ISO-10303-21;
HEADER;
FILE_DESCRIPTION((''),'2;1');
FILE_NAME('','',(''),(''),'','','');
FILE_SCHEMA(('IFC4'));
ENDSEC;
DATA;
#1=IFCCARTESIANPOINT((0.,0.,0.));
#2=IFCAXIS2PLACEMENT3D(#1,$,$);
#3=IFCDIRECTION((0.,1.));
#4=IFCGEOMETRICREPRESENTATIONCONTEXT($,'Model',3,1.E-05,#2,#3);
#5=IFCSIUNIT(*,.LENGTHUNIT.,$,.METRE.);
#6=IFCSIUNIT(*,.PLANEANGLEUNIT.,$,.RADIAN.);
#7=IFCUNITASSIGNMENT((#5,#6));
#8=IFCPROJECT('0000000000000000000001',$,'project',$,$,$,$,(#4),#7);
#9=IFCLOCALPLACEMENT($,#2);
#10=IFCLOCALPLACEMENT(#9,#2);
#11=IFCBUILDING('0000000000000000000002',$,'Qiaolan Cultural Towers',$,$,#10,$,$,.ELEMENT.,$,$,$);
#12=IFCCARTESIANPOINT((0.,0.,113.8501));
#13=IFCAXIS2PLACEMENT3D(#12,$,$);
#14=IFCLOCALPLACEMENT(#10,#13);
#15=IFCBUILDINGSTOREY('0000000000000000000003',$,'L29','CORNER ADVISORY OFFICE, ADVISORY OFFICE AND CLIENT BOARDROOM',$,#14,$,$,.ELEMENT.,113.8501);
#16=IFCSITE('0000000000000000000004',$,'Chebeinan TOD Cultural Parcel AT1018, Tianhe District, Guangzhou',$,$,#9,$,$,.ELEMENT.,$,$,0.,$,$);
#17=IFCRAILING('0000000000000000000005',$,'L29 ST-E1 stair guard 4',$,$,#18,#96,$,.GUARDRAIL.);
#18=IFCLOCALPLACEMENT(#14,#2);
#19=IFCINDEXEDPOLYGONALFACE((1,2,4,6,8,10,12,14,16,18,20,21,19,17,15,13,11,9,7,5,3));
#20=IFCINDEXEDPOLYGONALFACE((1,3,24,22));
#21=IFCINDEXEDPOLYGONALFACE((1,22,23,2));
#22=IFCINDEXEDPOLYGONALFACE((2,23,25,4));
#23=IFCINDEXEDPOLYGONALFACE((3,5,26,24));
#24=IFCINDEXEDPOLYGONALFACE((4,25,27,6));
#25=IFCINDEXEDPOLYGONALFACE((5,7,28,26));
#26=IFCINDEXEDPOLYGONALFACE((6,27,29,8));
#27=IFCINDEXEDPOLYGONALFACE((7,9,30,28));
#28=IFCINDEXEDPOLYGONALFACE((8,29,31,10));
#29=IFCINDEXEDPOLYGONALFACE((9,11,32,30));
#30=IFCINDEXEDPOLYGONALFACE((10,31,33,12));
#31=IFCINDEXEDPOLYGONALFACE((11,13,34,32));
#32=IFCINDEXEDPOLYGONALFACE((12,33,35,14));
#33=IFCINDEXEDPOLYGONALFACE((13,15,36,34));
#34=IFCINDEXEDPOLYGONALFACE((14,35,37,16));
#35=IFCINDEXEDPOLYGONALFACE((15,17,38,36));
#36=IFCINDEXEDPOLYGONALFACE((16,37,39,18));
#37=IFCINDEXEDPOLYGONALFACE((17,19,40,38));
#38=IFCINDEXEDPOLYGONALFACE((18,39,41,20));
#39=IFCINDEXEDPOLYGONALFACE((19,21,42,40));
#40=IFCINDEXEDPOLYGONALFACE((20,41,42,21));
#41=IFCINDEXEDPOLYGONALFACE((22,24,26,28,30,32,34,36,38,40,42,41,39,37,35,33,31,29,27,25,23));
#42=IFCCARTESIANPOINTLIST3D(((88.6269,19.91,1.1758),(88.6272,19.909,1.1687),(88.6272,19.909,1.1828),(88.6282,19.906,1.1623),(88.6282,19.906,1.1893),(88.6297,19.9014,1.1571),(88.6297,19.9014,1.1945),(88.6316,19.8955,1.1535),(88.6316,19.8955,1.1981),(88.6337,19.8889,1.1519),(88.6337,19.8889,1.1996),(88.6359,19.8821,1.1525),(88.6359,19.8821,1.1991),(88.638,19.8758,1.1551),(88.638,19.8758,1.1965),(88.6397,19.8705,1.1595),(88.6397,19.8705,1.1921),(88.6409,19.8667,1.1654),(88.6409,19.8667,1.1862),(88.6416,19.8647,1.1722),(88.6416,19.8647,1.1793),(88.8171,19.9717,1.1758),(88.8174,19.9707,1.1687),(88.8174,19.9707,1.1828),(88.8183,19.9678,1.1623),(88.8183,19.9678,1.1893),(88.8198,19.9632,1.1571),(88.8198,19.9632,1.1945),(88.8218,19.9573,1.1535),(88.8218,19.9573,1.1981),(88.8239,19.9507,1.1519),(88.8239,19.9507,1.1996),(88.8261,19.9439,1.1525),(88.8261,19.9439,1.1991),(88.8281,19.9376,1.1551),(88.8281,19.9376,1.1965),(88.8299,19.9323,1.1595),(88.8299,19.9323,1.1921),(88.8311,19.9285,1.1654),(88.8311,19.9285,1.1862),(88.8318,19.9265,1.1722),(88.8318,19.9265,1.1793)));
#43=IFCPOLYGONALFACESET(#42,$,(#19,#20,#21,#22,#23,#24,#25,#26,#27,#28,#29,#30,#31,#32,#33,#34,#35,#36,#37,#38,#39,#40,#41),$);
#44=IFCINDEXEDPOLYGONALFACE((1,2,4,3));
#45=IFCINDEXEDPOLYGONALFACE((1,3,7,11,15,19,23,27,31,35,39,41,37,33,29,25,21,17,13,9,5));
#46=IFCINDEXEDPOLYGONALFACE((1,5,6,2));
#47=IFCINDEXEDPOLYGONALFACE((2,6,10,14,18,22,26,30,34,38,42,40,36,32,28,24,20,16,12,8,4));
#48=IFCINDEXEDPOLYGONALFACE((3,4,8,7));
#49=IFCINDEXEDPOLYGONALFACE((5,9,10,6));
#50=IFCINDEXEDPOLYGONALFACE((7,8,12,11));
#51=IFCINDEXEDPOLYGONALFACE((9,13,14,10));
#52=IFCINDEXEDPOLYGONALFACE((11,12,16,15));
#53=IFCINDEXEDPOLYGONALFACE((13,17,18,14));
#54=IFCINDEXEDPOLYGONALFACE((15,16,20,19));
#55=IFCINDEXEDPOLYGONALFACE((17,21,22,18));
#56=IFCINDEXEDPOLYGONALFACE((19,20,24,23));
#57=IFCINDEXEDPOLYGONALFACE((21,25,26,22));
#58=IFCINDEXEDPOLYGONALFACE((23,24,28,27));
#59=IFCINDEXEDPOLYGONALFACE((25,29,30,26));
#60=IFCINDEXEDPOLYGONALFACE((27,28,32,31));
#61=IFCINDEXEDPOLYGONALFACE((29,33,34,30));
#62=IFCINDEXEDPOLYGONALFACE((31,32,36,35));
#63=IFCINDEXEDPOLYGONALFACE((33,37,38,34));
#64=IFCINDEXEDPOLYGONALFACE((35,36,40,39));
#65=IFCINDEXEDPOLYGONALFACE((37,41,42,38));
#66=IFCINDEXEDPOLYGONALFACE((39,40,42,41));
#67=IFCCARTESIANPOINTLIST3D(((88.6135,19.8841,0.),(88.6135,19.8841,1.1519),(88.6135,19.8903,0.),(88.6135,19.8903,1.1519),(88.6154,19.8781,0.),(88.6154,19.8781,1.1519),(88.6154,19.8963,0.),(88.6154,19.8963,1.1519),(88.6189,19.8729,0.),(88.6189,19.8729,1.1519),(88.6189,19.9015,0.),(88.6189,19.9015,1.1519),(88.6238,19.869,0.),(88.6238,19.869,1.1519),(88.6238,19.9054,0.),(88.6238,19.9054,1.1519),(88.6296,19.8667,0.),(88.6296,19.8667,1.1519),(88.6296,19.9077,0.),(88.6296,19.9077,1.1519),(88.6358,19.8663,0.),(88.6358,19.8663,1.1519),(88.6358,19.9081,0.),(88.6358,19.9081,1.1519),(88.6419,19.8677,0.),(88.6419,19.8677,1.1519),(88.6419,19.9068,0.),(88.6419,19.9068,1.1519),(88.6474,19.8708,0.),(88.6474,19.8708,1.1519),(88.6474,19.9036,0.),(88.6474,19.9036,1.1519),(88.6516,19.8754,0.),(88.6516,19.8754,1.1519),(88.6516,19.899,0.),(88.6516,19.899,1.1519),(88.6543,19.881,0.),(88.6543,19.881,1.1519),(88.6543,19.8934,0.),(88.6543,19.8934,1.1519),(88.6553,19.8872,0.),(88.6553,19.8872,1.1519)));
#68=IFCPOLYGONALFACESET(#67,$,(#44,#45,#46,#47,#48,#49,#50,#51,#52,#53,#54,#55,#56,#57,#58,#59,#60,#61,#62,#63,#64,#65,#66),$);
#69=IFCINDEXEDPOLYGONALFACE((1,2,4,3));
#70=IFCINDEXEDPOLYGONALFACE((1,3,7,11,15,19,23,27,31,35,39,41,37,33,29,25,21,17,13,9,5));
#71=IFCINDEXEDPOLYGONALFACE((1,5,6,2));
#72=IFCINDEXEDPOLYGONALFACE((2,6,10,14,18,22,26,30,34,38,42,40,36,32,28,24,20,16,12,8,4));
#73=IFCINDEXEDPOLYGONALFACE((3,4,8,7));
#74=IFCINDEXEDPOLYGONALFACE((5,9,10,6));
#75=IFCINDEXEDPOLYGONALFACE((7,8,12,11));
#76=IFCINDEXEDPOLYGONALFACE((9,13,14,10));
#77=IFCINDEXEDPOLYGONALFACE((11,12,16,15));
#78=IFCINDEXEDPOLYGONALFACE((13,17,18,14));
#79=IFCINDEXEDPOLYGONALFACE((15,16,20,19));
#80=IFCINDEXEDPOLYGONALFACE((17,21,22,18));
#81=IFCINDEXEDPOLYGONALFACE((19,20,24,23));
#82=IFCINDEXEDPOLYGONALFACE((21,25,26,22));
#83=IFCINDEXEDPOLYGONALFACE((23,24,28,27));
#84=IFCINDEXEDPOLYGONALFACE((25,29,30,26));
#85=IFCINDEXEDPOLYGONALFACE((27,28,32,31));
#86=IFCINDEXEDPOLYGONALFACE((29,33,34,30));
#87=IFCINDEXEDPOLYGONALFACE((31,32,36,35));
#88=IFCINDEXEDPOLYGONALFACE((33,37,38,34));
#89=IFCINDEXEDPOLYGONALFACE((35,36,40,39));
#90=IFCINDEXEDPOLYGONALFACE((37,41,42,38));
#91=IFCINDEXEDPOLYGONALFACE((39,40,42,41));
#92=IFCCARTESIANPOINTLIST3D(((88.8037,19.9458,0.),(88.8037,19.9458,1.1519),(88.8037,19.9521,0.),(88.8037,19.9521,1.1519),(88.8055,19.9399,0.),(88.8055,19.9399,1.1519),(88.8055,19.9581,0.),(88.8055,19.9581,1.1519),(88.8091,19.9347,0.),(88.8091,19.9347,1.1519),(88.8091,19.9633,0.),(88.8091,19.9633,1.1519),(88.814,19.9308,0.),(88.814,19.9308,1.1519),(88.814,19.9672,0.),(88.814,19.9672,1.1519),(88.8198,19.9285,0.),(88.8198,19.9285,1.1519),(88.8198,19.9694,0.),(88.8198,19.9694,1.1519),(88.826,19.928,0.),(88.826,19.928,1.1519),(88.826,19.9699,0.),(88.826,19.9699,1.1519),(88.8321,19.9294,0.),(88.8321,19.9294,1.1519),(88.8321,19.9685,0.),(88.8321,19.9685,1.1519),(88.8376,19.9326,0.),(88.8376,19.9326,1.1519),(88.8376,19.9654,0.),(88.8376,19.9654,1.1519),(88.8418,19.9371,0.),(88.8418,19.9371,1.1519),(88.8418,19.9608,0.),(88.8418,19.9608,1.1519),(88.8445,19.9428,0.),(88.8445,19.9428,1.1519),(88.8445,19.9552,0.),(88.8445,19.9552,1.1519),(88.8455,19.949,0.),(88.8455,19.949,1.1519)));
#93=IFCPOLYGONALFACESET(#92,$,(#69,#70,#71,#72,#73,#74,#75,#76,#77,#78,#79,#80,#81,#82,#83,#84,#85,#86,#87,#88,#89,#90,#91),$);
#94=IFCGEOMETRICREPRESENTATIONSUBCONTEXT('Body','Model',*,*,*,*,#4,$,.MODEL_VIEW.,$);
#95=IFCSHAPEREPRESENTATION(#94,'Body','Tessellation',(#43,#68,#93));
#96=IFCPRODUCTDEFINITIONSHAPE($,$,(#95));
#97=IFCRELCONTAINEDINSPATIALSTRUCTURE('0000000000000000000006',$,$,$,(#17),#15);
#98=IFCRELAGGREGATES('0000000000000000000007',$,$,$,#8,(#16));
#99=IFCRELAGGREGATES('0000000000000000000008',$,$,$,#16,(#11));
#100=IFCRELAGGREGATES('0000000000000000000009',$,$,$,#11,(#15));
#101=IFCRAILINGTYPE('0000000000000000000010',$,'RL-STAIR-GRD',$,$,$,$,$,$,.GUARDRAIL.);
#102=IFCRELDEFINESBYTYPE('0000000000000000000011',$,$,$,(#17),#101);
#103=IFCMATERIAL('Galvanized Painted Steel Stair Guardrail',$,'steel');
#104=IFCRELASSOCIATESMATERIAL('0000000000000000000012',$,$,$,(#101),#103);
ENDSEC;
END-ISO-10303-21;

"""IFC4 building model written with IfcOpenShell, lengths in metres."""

from ifc_helpers import new_model, si_unit, direction, frame, origin, origin_2d, place, context, subcontext, project, spatial, circle, extrude, material, type_object, element, save


model = new_model("IFC4")

# Units and contexts
model_context = context("Model", 3, precision=1e-05, world=origin(), true_north=direction((0.0, 1.0)))
body_context = subcontext(model_context, "Body", "Model", "MODEL_VIEW")
ifc_project = project(units=[si_unit("LENGTHUNIT", "METRE"), si_unit("PLANEANGLEUNIT", "RADIAN")], contexts=[model_context])

# Site, building, storey
site_placement = place(None, origin())
site = spatial("IfcSite", under=ifc_project, at=site_placement, Name="Chebeinan TOD Cultural Parcel AT1018, Tianhe District, Guangzhou", CompositionType="ELEMENT", RefElevation=0.0)
building_placement = place(site_placement, origin())
building = spatial("IfcBuilding", under=site, at=building_placement, Name="Qiaolan Cultural Towers", CompositionType="ELEMENT")
storey_placement = place(building_placement, frame((0.0, 0.0, 113.8501)))
storey = spatial("IfcBuildingStorey", under=building, at=storey_placement, Name="L29", Description="CORNER ADVISORY OFFICE, ADVISORY OFFICE AND CLIENT BOARDROOM", CompositionType="ELEMENT", Elevation=113.8501)

# Railing
ifc_material_1 = material(Name="Galvanized Painted Steel Stair Guardrail", Category="steel")
railing_type_1 = type_object("IfcRailingType", Name="RL-STAIR-GRD", PredefinedType="GUARDRAIL", material=ifc_material_1)
railing_1_placement = place(storey_placement, frame((88.6343, 19.8872, 0.0)))
element("IfcRailing", 1, at=railing_1_placement, inside=storey, type_object=railing_type_1, Name="L29 ST-E1 stair guard 4", PredefinedType="GUARDRAIL", context=body_context, shape_type="SweptSolid", body=[
    extrude(circle(Radius=0.0239, at=origin_2d()), frame((0.0, 0.0, 1.1758), z_axis=(0.951097, 0.308893, 0.0), x_axis=(-0.308893, 0.951097, 0.0)), (0.0, 0.0, 1.0), 0.2),
    extrude(circle(Radius=0.021, at=origin_2d()), origin(), (0.0, 0.0, 1.0), 1.1519),
    extrude(circle(Radius=0.021, at=origin_2d()), frame((0.1902, 0.0618, 0.0)), (0.0, 0.0, 1.0), 1.1519),
])

save(model, "model.ifc")
